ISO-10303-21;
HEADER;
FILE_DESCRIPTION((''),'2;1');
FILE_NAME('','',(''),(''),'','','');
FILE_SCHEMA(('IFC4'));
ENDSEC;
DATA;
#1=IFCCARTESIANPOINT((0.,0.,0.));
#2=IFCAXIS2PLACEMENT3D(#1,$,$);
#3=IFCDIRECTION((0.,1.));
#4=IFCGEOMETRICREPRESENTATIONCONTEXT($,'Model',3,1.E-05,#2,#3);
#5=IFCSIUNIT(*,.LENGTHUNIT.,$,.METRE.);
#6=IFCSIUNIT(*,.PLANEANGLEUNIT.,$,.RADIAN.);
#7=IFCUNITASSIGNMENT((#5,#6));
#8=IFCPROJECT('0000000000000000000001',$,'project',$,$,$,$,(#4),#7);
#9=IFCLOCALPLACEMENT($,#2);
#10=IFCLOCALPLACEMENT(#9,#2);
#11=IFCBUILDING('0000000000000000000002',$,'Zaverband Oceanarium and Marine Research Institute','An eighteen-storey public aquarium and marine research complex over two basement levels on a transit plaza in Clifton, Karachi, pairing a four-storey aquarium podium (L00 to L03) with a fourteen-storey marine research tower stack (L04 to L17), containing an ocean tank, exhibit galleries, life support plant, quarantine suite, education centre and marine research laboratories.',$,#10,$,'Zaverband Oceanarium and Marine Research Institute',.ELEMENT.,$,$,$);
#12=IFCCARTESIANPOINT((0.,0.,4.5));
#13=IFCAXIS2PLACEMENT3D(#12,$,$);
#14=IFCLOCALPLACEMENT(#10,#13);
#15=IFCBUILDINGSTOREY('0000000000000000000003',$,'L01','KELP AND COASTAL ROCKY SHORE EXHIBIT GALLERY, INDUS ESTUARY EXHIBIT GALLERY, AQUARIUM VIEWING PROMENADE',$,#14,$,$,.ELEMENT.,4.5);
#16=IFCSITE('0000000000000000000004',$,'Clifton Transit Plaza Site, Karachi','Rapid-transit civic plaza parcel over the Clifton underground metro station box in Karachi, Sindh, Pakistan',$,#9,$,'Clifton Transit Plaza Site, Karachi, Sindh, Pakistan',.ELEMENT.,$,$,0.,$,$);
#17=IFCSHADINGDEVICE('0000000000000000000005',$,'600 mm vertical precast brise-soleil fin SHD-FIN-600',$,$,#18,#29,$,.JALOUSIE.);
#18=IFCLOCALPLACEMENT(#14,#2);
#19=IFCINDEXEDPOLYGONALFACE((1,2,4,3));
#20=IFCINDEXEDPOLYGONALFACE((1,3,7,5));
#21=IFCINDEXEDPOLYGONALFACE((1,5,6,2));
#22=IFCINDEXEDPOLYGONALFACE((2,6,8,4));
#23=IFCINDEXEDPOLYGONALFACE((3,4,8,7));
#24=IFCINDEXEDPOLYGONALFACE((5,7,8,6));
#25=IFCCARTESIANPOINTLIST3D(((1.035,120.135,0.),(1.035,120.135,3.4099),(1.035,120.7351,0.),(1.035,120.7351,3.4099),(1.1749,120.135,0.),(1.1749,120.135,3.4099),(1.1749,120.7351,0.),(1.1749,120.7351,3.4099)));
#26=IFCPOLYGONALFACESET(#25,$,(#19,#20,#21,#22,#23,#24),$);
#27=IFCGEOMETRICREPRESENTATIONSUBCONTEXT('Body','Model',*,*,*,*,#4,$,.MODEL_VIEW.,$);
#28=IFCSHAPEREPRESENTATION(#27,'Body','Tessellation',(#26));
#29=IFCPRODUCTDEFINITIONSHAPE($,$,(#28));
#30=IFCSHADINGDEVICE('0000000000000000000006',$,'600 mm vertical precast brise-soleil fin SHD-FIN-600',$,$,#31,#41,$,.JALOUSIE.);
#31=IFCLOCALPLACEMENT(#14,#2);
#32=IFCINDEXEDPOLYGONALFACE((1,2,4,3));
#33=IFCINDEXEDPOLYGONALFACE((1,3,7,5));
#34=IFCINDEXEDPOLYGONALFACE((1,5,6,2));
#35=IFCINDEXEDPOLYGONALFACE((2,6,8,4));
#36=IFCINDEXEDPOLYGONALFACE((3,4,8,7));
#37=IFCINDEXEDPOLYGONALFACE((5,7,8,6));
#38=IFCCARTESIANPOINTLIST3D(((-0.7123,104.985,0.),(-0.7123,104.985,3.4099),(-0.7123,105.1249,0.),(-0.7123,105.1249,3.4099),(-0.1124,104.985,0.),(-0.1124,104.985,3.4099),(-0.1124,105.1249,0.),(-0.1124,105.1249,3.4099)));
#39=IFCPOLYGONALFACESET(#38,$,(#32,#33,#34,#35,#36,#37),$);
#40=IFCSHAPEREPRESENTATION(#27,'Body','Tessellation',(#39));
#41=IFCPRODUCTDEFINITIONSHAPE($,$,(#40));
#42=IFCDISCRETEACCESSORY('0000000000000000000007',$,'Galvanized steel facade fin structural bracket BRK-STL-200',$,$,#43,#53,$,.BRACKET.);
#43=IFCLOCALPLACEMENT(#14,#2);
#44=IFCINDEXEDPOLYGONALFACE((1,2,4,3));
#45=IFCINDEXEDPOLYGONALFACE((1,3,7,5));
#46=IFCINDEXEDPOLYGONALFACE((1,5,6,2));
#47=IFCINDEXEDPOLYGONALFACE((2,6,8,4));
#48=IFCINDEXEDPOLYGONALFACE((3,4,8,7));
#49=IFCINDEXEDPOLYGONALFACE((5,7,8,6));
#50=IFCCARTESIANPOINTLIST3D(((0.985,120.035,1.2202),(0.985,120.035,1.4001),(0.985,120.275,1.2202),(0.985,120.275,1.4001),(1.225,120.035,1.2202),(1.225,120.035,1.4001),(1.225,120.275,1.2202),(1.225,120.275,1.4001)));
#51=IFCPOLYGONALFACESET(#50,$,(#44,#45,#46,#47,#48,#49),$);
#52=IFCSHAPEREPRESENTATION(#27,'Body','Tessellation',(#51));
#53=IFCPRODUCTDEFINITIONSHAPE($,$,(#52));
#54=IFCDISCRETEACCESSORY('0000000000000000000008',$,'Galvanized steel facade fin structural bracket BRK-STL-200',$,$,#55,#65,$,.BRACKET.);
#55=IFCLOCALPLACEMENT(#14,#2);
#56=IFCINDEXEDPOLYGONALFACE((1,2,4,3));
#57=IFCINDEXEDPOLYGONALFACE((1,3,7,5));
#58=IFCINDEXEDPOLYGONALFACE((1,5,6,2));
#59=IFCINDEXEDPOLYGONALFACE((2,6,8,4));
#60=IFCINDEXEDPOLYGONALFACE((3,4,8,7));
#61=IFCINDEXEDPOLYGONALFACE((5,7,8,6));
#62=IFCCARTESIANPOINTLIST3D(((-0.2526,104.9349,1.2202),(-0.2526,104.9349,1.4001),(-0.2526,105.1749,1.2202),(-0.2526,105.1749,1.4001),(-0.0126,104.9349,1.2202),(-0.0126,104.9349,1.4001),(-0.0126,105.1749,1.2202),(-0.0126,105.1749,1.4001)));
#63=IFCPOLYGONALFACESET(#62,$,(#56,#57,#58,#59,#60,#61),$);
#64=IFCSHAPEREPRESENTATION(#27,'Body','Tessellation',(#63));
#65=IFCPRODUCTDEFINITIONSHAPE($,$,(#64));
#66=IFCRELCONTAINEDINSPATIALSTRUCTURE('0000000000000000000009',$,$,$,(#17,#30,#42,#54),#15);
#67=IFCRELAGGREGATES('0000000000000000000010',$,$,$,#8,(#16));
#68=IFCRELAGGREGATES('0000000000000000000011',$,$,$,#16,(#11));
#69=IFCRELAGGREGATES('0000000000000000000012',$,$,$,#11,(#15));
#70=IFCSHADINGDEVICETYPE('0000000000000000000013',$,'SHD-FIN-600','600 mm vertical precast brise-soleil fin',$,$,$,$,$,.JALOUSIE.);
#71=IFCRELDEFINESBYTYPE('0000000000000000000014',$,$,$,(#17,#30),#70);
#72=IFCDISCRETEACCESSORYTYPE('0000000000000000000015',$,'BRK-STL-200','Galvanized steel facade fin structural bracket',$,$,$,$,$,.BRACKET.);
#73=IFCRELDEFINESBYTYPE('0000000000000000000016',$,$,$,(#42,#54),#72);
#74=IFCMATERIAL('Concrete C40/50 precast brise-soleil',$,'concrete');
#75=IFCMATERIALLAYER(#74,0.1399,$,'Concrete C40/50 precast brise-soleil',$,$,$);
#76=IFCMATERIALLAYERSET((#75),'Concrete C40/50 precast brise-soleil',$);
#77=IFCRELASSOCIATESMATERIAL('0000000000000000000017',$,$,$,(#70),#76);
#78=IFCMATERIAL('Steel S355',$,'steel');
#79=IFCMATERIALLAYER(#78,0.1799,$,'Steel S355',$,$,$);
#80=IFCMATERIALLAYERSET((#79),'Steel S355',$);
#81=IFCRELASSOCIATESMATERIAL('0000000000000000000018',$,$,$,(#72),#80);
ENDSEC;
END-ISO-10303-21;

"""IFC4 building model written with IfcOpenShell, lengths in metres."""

from ifc_helpers import new_model, si_unit, direction, frame, frame_2d, origin, origin_2d, place, context, subcontext, project, spatial, rectangle, extrude, material, layer, layer_set, type_object, element, save


model = new_model("IFC4")

# Units and contexts
model_context = context("Model", 3, precision=1e-05, world=origin(), true_north=direction((0.0, 1.0)))
body_context = subcontext(model_context, "Body", "Model", "MODEL_VIEW")
ifc_project = project(units=[si_unit("LENGTHUNIT", "METRE"), si_unit("PLANEANGLEUNIT", "RADIAN")], contexts=[model_context])

# Site, building, storey
site_placement = place(None, origin())
site = spatial("IfcSite", under=ifc_project, at=site_placement, Name="Clifton Transit Plaza Site, Karachi", Description="Rapid-transit civic plaza parcel over the Clifton underground metro station box in Karachi, Sindh, Pakistan", LongName="Clifton Transit Plaza Site, Karachi, Sindh, Pakistan", CompositionType="ELEMENT", RefElevation=0.0)
building_placement = place(site_placement, origin())
building = spatial("IfcBuilding", under=site, at=building_placement, Name="Zaverband Oceanarium and Marine Research Institute", Description="An eighteen-storey public aquarium and marine research complex over two basement levels on a transit plaza in Clifton, Karachi, pairing a four-storey aquarium podium (L00 to L03) with a fourteen-storey marine research tower stack (L04 to L17), containing an ocean tank, exhibit galleries, life support plant, quarantine suite, education centre and marine research laboratories.", LongName="Zaverband Oceanarium and Marine Research Institute", CompositionType="ELEMENT")
storey_placement = place(building_placement, frame((0.0, 0.0, 4.5)))
storey = spatial("IfcBuildingStorey", under=building, at=storey_placement, Name="L01", Description="KELP AND COASTAL ROCKY SHORE EXHIBIT GALLERY, INDUS ESTUARY EXHIBIT GALLERY, AQUARIUM VIEWING PROMENADE", CompositionType="ELEMENT", Elevation=4.5)

# Shading devices
ifc_material_1 = material(Name="Concrete C40/50 precast brise-soleil", Category="concrete")
ifc_layer_1 = layer(ifc_material_1, 0.1399, Name="Concrete C40/50 precast brise-soleil")
ifc_layer_set_1 = layer_set([ifc_layer_1], Name="Concrete C40/50 precast brise-soleil")
shading_device_type = type_object("IfcShadingDeviceType", Name="SHD-FIN-600", Description="600 mm vertical precast brise-soleil fin", PredefinedType="JALOUSIE", material=ifc_layer_set_1)
shading_device_1_placement = place(storey_placement, frame((1.105, 120.135, 0.0), z_axis=(0.0, 0.0, 1.0), x_axis=(0.0, 1.0, 0.0)))
element("IfcShadingDevice", 1, at=shading_device_1_placement, inside=storey, type_object=shading_device_type, Name="600 mm vertical precast brise-soleil fin SHD-FIN-600", PredefinedType="JALOUSIE", context=body_context, shape_type="SweptSolid", body=[
    extrude(rectangle(XDim=0.6001, YDim=0.1399, at=frame_2d((0.3, 0.0))), origin(), (0.0, 0.0, 1.0), 3.4099),
])
shading_device_2_placement = place(storey_placement, frame((-0.1125, 105.0549, 0.0), z_axis=(0.0, 0.0, 1.0), x_axis=(-1.0, 0.0, 0.0)))
element("IfcShadingDevice", 2, at=shading_device_2_placement, inside=storey, type_object=shading_device_type, Name="600 mm vertical precast brise-soleil fin SHD-FIN-600", PredefinedType="JALOUSIE", context=body_context, shape_type="SweptSolid", body=[
    extrude(rectangle(XDim=0.5999, YDim=0.1399, at=frame_2d((0.2998, 0.0))), origin(), (0.0, 0.0, 1.0), 3.4099),
])

# Discrete accessories
ifc_material_2 = material(Name="Steel S355", Category="steel")
ifc_layer_2 = layer(ifc_material_2, 0.1799, Name="Steel S355")
ifc_layer_set_2 = layer_set([ifc_layer_2], Name="Steel S355")
discrete_accessory_type = type_object("IfcDiscreteAccessoryType", Name="BRK-STL-200", Description="Galvanized steel facade fin structural bracket", PredefinedType="BRACKET", material=ifc_layer_set_2)
for number, where, z_axis, x_axis, name in (
    (3, (1.105, 120.155, 1.2202), (0.0, 0.0, 1.0), (1.0, 0.0, 0.0), "Galvanized steel facade fin structural bracket BRK-STL-200"),
    (4, (-0.1326, 105.0549, 1.2202), (0.0, 0.0, 1.0), (1.0, 0.0, 0.0), "Galvanized steel facade fin structural bracket BRK-STL-200"),
):
    element("IfcDiscreteAccessory", number, at=place(storey_placement, frame(where, z_axis=z_axis, x_axis=x_axis)), inside=storey, type_object=discrete_accessory_type, Name=name, PredefinedType="BRACKET", context=body_context, shape_type="SweptSolid", body=[
        extrude(rectangle(XDim=0.24, YDim=0.24, at=origin_2d()), origin(), (0.0, 0.0, 1.0), 0.1799),
    ])

save(model, "model.ifc")
